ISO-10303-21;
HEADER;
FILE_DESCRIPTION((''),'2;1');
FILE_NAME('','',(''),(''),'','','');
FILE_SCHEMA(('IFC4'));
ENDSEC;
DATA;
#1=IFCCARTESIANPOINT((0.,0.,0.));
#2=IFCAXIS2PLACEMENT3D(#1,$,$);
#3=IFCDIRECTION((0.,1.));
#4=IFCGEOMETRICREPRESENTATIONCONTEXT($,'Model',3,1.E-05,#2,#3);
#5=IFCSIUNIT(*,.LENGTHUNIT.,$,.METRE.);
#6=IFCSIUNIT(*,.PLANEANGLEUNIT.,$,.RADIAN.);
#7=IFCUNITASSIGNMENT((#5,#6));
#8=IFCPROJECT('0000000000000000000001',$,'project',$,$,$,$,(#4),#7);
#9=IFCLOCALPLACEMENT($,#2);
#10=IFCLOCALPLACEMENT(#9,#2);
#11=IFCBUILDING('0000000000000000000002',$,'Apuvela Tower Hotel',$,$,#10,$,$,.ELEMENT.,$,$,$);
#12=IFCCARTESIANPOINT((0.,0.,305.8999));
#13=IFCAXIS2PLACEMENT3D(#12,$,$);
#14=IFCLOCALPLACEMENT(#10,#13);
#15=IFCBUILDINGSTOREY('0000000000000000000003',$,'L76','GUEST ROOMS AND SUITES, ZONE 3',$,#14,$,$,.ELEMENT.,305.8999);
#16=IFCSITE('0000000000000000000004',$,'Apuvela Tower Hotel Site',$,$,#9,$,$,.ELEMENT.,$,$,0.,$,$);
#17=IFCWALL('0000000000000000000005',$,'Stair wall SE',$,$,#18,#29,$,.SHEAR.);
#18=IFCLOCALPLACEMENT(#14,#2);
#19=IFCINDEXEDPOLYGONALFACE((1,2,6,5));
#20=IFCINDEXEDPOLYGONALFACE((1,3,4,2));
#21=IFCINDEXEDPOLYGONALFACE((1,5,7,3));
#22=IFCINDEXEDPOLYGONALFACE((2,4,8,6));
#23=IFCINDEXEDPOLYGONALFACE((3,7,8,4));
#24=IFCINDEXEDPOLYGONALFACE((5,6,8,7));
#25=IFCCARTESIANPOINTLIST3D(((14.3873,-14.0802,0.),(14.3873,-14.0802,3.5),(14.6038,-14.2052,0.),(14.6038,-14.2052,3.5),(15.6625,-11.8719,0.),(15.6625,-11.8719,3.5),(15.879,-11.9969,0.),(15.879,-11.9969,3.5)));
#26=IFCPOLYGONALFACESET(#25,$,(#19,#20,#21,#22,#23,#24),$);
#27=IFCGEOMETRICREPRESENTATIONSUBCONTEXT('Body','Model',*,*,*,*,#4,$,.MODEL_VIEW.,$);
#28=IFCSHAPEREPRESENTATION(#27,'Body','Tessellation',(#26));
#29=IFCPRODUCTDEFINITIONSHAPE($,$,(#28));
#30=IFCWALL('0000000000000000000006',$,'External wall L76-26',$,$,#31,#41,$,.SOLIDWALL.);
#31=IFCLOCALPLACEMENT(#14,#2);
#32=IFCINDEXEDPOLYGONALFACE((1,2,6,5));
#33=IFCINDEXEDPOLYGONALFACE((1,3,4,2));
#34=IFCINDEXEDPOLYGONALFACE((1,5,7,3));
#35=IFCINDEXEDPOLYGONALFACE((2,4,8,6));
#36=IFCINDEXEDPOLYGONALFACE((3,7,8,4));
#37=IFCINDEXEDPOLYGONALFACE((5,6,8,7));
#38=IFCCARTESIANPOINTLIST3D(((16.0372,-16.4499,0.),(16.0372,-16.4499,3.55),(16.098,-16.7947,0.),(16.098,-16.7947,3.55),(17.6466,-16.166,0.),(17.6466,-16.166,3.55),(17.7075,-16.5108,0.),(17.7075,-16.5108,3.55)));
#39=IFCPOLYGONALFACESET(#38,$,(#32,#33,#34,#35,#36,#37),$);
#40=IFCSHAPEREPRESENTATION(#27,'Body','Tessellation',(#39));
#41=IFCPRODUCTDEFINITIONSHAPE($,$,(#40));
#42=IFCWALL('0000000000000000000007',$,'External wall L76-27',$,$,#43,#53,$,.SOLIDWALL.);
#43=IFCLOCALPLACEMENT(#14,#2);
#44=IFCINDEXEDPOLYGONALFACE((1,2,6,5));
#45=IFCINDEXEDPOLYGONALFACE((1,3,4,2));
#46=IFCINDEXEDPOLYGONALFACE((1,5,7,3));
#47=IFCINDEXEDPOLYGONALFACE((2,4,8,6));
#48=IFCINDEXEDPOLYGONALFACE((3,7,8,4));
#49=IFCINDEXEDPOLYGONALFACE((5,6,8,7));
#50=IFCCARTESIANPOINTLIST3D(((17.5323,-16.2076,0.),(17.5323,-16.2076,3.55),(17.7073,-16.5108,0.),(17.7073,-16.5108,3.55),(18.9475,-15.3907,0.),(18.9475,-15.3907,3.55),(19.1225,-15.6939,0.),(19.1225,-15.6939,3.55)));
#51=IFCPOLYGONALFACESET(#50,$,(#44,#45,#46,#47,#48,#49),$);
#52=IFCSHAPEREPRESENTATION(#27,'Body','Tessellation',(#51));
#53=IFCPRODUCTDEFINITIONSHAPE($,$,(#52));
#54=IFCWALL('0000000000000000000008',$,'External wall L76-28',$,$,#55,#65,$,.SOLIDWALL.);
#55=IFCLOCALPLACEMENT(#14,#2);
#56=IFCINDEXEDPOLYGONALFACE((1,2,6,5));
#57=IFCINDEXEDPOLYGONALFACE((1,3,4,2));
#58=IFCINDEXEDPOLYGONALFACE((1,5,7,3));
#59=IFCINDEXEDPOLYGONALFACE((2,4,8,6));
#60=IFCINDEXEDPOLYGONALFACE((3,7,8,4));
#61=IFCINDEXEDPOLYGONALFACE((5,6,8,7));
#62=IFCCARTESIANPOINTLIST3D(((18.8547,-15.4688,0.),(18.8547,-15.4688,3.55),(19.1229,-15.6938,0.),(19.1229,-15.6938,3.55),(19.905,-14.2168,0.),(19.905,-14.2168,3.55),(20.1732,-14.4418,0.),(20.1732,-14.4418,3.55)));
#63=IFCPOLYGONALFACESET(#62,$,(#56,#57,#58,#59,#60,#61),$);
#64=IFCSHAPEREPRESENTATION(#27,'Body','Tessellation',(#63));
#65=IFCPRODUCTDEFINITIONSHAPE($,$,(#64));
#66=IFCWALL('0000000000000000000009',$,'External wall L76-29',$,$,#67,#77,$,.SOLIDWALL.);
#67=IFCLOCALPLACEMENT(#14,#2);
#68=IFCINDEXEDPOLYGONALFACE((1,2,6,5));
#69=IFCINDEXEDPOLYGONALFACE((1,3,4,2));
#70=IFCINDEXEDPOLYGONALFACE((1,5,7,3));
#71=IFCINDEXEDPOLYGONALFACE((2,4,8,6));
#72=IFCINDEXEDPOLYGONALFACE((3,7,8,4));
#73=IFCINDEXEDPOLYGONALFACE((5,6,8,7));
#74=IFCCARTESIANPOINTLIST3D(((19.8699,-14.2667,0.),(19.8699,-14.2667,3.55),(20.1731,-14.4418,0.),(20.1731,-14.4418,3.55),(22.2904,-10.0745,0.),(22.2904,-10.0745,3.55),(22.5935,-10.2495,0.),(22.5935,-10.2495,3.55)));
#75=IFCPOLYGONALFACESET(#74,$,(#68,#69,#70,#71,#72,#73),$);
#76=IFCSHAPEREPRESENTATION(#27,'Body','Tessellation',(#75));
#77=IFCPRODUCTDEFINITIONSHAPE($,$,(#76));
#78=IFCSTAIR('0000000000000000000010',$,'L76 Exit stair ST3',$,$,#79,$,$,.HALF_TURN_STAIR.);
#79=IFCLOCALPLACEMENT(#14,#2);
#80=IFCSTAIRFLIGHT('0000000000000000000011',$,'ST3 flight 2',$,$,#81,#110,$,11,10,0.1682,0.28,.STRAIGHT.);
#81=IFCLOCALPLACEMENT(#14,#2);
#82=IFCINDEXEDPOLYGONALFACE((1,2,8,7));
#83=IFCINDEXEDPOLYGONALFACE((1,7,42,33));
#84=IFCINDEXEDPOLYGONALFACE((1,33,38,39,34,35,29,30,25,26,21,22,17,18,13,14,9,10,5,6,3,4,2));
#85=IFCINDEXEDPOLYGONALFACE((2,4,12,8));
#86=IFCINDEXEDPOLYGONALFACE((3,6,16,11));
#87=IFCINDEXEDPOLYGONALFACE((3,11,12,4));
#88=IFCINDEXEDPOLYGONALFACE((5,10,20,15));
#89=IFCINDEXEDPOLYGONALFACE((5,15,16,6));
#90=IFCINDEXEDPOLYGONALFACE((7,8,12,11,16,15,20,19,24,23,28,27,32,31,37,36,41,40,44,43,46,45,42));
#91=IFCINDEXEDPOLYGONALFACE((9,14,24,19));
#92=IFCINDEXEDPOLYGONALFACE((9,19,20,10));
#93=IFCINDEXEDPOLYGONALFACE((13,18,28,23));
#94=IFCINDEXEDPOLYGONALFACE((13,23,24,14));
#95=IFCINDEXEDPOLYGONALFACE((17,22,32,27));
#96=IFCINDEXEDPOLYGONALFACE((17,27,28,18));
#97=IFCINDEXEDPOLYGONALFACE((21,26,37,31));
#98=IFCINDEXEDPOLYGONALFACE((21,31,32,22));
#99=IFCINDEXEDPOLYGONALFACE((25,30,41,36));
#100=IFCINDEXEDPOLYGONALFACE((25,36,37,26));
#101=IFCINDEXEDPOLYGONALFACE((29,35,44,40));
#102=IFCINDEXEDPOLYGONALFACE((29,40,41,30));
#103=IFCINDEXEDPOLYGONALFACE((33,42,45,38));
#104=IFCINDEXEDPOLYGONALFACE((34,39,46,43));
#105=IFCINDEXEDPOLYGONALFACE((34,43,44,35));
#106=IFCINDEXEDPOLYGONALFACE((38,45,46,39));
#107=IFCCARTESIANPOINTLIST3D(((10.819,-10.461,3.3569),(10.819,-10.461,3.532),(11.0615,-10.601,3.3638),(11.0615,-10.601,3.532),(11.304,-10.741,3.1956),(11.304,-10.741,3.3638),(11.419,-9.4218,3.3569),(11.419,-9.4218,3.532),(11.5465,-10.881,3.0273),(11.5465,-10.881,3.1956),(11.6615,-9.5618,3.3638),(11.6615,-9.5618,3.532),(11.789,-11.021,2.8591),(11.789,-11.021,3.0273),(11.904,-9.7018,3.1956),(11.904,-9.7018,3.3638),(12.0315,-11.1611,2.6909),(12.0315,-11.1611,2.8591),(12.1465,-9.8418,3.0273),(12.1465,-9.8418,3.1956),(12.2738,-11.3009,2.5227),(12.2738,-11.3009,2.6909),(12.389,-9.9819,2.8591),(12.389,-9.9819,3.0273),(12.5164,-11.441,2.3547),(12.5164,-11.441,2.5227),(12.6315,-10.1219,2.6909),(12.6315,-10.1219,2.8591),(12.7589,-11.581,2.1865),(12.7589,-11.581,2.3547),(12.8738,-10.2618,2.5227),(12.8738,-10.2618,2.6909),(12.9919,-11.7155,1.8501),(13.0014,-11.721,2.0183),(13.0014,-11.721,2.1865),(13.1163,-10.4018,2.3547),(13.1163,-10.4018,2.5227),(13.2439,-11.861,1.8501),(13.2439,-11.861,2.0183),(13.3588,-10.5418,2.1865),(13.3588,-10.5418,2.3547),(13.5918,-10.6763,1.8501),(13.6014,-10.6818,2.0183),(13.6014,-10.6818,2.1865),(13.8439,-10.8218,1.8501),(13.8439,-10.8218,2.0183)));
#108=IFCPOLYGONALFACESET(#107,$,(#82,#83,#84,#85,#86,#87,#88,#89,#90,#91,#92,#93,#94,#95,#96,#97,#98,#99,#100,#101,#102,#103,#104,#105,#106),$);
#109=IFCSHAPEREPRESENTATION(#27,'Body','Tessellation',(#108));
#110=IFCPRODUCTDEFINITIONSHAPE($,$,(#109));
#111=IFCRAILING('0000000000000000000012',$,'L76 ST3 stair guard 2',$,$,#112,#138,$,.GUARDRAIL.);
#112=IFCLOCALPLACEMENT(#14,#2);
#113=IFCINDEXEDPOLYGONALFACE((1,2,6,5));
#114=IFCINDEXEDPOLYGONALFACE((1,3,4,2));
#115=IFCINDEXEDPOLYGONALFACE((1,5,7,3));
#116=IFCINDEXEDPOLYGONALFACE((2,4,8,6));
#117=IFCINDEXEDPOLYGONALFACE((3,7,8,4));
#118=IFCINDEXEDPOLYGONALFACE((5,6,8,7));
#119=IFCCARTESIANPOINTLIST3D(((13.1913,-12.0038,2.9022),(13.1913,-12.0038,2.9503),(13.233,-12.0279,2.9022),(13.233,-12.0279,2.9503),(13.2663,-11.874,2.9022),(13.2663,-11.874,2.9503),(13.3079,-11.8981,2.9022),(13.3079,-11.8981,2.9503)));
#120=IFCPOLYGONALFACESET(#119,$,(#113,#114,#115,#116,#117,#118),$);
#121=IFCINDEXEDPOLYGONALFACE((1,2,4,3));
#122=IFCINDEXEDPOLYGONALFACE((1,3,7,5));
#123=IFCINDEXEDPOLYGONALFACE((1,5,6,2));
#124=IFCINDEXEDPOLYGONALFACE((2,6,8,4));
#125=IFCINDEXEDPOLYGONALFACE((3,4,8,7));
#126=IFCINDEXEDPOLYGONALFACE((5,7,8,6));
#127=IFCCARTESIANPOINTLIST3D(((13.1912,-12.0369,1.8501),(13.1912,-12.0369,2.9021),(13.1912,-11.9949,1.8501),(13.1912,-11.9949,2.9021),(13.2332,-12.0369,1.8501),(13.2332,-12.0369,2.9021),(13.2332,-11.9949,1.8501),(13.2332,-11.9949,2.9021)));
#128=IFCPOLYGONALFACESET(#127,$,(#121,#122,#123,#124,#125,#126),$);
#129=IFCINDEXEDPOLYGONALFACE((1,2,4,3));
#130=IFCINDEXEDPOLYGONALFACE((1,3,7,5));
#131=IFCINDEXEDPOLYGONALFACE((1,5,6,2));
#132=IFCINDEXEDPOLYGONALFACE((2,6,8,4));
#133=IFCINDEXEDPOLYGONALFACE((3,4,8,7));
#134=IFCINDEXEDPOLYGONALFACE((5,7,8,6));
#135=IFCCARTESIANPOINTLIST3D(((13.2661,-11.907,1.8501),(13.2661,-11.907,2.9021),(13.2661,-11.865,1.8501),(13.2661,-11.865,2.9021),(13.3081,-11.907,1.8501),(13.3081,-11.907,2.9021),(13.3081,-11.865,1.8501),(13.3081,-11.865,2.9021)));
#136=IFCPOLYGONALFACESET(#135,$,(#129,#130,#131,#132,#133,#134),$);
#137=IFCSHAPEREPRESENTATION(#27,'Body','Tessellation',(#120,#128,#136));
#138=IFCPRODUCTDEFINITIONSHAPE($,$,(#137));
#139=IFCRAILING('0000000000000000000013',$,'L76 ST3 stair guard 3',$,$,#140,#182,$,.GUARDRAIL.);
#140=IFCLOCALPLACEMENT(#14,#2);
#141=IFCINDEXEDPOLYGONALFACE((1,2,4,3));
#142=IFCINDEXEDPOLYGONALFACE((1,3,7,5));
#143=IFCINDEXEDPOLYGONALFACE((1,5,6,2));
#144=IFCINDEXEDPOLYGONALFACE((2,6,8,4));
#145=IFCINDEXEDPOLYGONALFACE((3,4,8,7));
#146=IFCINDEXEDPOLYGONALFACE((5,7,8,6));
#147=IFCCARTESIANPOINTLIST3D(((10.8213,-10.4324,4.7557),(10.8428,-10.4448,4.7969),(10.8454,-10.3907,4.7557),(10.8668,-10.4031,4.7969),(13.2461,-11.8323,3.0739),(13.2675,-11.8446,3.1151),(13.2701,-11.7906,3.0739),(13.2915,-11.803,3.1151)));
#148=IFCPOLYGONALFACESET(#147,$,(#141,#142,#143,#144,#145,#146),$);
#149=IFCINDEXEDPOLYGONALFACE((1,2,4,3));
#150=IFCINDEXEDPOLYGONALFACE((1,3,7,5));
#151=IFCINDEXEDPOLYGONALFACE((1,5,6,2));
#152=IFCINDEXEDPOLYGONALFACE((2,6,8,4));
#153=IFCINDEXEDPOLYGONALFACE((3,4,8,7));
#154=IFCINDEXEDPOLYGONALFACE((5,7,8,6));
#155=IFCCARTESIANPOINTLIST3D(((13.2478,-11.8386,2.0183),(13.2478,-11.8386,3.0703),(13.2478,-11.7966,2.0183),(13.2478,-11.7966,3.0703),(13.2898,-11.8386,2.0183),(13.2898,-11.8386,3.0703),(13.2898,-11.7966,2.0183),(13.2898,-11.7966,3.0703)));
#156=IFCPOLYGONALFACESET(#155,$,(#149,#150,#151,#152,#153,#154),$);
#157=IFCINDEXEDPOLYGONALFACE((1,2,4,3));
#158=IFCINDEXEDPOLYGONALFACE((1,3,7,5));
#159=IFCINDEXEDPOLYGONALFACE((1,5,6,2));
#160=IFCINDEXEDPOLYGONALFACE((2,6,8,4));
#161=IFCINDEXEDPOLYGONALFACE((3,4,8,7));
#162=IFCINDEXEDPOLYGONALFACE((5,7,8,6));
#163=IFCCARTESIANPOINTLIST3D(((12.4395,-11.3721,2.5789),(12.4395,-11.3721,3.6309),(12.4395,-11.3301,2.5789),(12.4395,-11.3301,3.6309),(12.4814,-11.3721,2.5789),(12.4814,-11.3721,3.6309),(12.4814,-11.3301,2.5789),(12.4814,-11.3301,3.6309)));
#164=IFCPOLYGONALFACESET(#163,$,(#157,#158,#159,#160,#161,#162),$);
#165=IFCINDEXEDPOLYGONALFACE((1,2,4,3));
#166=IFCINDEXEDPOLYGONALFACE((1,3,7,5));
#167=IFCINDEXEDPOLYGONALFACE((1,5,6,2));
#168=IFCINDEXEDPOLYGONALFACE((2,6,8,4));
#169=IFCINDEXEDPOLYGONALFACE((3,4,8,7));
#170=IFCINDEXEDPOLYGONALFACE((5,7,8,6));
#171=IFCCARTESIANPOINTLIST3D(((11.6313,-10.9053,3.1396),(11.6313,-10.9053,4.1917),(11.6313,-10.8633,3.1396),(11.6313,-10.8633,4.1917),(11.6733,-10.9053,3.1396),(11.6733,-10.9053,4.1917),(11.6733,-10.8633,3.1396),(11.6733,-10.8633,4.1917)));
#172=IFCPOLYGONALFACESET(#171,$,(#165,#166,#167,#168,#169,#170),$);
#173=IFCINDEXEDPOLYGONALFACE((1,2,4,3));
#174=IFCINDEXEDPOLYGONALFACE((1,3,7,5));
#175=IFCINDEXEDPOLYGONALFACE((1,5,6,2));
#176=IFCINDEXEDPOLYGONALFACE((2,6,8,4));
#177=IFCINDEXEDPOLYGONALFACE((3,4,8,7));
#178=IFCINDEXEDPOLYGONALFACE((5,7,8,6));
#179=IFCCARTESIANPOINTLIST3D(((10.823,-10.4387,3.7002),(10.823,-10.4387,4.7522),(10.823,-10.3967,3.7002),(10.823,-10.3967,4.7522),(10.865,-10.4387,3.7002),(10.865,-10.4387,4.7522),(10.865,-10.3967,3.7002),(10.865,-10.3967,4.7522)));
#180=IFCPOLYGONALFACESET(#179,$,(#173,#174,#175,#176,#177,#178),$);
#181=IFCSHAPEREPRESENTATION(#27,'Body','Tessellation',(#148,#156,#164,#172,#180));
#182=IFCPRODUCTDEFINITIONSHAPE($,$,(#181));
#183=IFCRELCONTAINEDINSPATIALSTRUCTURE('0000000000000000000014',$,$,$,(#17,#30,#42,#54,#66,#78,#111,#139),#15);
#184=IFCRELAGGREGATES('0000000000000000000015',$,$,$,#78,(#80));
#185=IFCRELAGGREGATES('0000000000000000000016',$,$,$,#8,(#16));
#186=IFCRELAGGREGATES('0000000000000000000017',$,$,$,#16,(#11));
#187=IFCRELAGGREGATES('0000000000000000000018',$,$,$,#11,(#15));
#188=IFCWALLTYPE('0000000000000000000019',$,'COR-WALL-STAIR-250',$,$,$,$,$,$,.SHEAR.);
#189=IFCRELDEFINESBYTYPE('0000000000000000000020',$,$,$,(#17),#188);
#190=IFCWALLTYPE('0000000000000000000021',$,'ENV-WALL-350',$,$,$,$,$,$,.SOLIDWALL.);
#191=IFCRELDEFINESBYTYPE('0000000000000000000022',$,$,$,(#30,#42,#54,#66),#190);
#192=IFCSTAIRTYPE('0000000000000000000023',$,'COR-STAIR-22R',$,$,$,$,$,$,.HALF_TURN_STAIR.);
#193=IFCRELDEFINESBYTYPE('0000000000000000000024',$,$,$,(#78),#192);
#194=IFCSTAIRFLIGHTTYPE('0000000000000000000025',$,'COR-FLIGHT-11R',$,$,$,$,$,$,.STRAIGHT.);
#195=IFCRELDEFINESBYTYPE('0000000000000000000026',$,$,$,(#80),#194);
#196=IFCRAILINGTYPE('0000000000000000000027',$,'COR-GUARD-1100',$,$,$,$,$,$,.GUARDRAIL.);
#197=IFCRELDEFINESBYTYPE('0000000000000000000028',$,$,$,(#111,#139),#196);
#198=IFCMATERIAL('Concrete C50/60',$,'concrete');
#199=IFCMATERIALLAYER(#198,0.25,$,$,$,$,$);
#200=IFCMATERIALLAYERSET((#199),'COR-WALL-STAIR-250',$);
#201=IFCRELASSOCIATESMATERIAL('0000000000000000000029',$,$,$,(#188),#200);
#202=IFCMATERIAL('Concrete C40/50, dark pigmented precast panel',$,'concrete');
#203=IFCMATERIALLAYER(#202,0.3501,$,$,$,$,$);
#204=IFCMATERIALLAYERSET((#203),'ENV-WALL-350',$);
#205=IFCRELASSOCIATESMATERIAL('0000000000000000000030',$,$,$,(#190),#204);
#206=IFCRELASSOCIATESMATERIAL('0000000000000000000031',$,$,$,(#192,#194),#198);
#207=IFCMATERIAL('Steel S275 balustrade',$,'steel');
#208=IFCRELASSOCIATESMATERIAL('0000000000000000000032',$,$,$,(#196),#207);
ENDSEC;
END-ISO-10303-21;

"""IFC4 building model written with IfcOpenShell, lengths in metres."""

from ifc_helpers import new_model, si_unit, direction, frame, frame_2d, origin, origin_2d, place, context, subcontext, project, spatial, polyline, rectangle, outline, extrude, material, layer, layer_set, type_object, element, aggregate, save


model = new_model("IFC4")

# Units and contexts
model_context = context("Model", 3, precision=1e-05, world=origin(), true_north=direction((0.0, 1.0)))
body_context = subcontext(model_context, "Body", "Model", "MODEL_VIEW")
ifc_project = project(units=[si_unit("LENGTHUNIT", "METRE"), si_unit("PLANEANGLEUNIT", "RADIAN")], contexts=[model_context])

# Site, building, storey
site_placement = place(None, origin())
site = spatial("IfcSite", under=ifc_project, at=site_placement, Name="Apuvela Tower Hotel Site", CompositionType="ELEMENT", RefElevation=0.0)
building_placement = place(site_placement, origin())
building = spatial("IfcBuilding", under=site, at=building_placement, Name="Apuvela Tower Hotel", CompositionType="ELEMENT")
storey_placement = place(building_placement, frame((0.0, 0.0, 305.8999)))
storey = spatial("IfcBuildingStorey", under=building, at=storey_placement, Name="L76", Description="GUEST ROOMS AND SUITES, ZONE 3", CompositionType="ELEMENT", Elevation=305.8999)

# Walls
ifc_material_1 = material(Name="Concrete C50/60", Category="concrete")
ifc_layer_1 = layer(ifc_material_1, 0.25)
ifc_layer_set_1 = layer_set([ifc_layer_1], Name="COR-WALL-STAIR-250")
wall_type_1 = type_object("IfcWallType", Name="COR-WALL-STAIR-250", PredefinedType="SHEAR", material=ifc_layer_set_1)
wall_1_placement = place(storey_placement, frame((14.4956, -14.1426, 0.0), z_axis=(0.0, 0.0, 1.0), x_axis=(0.500062, 0.865989, 0.0)))
element("IfcWall", 1, at=wall_1_placement, inside=storey, type_object=wall_type_1, Name="Stair wall SE", PredefinedType="SHEAR", context=body_context, shape_type="SweptSolid", body=[
    extrude(rectangle(XDim=2.55, YDim=0.25, at=frame_2d((1.2749, 0.0))), origin(), (0.0, 0.0, 1.0), 3.5),
])
ifc_material_2 = material(Name="Concrete C40/50, dark pigmented precast panel", Category="concrete")
ifc_layer_2 = layer(ifc_material_2, 0.3501)
ifc_layer_set_2 = layer_set([ifc_layer_2], Name="ENV-WALL-350")
wall_type_2 = type_object("IfcWallType", Name="ENV-WALL-350", PredefinedType="SOLIDWALL", material=ifc_layer_set_2)
wall_2_placement = place(storey_placement, frame((16.0676, -16.6223, 0.0), z_axis=(0.0, 0.0, 1.0), x_axis=(0.984791, 0.173743, 0.0)))
element("IfcWall", 2, at=wall_2_placement, inside=storey, type_object=wall_type_2, Name="External wall L76-26", PredefinedType="SOLIDWALL", context=body_context, shape_type="SweptSolid", body=[
    extrude(rectangle(XDim=1.6343, YDim=0.3501, at=frame_2d((0.8171, 0.0))), origin(), (0.0, 0.0, 1.0), 3.55),
])
wall_3_placement = place(storey_placement, frame((17.6199, -16.3591, 0.0), z_axis=(0.0, 0.0, 1.0), x_axis=(0.866084, 0.499899, 0.0)))
element("IfcWall", 3, at=wall_3_placement, inside=storey, type_object=wall_type_2, Name="External wall L76-27", PredefinedType="SOLIDWALL", context=body_context, shape_type="SweptSolid", body=[
    extrude(rectangle(XDim=1.634, YDim=0.3501, at=frame_2d((0.8169, 0.0))), origin(), (0.0, 0.0, 1.0), 3.55),
])
wall_4_placement = place(storey_placement, frame((18.9888, -15.5813, 0.0), z_axis=(0.0, 0.0, 1.0), x_axis=(0.642708, 0.766111, 0.0)))
element("IfcWall", 4, at=wall_4_placement, inside=storey, type_object=wall_type_2, Name="External wall L76-28", PredefinedType="SOLIDWALL", context=body_context, shape_type="SweptSolid", body=[
    extrude(rectangle(XDim=1.6343, YDim=0.3501, at=frame_2d((0.8171, 0.0))), origin(), (0.0, 0.0, 1.0), 3.55),
])
wall_5_placement = place(storey_placement, frame((20.0215, -14.3542, 0.0), z_axis=(0.0, 0.0, 1.0), x_axis=(0.500012, 0.866018, 0.0)))
element("IfcWall", 5, at=wall_5_placement, inside=storey, type_object=wall_type_2, Name="External wall L76-29", PredefinedType="SOLIDWALL", context=body_context, shape_type="SweptSolid", body=[
    extrude(rectangle(XDim=4.8408, YDim=0.3501, at=frame_2d((2.4204, 0.0))), origin(), (0.0, 0.0, 1.0), 3.55),
])

# Stair, stair flight
stair_type = type_object("IfcStairType", Name="COR-STAIR-22R", PredefinedType="HALF_TURN_STAIR", material=ifc_material_1)
stair_placement = place(storey_placement, origin())
stair = element("IfcStair", 6, at=stair_placement, inside=storey, type_object=stair_type, Name="L76 Exit stair ST3", PredefinedType="HALF_TURN_STAIR")
stair_flight_type = type_object("IfcStairFlightType", Name="COR-FLIGHT-11R", PredefinedType="STRAIGHT", material=ifc_material_1)
stair_flight_placement = place(storey_placement, frame((13.5439, -11.3413, 1.8501), z_axis=(0.0, 0.0, 1.0), x_axis=(-0.866025, 0.5, 0.0)))
stair_flight = element("IfcStairFlight", 7, at=stair_flight_placement, type_object=stair_flight_type, Name="ST3 flight 2", NumberOfRisers=11, NumberOfTreads=10, PredefinedType="STRAIGHT", RiserHeight=0.1682, TreadLength=0.28, context=body_context, shape_type="SweptSolid", body=[
    extrude(outline(polyline([(0.0, 0.0), (0.0, 0.1682), (0.28, 0.1682), (0.28, 0.3364), (0.5601, 0.3364), (0.5601, 0.5046), (0.8401, 0.5046), (0.8401, 0.6726), (1.1201, 0.6726), (1.1201, 0.8408), (1.3999, 0.8408), (1.3999, 1.009), (1.6799, 1.009), (1.6799, 1.1772), (1.96, 1.1772), (1.96, 1.3455), (2.24, 1.3455), (2.24, 1.5137), (2.52, 1.5137), (2.52, 1.6819), (2.8, 1.6819), (2.8, 1.8501), (2.8, 1.5068), (0.291, 0.0), (0.0, 0.0)])), frame((0.0, 0.6001, 0.0), z_axis=(0.0, -1.0, 0.0), x_axis=(1.0, 0.0, 0.0)), (0.0, 0.0, 1.0), 1.2),
])
aggregate(stair, [stair_flight])

# Railings
ifc_material_3 = material(Name="Steel S275 balustrade", Category="steel")
railing_type_1 = type_object("IfcRailingType", Name="COR-GUARD-1100", PredefinedType="GUARDRAIL", material=ifc_material_3)
railing_1_placement = place(storey_placement, frame((13.2122, -12.0159, 1.8501)))
element("IfcRailing", 8, at=railing_1_placement, inside=storey, type_object=railing_type_1, Name="L76 ST3 stair guard 2", PredefinedType="GUARDRAIL", context=body_context, shape_type="SweptSolid", body=[
    extrude(rectangle(XDim=0.0481, YDim=0.0481, at=origin_2d()), frame((0.0, 0.0, 1.0762), z_axis=(0.499816, 0.866131, 0.0), x_axis=(-0.866131, 0.499816, 0.0)), (0.0, 0.0, 1.0), 0.1499),
    extrude(rectangle(XDim=0.042, YDim=0.042, at=origin_2d()), origin(), (0.0, 0.0, 1.0), 1.052),
    extrude(rectangle(XDim=0.042, YDim=0.042, at=origin_2d()), frame((0.075, 0.1299, 0.0)), (0.0, 0.0, 1.0), 1.052),
])
railing_2_placement = place(storey_placement, frame((13.2688, -11.8176, 2.0183)))
element("IfcRailing", 9, at=railing_2_placement, inside=storey, type_object=railing_type_1, Name="L76 ST3 stair guard 3", PredefinedType="GUARDRAIL", context=body_context, shape_type="SweptSolid", body=[
    extrude(rectangle(XDim=0.0481, YDim=0.0481, at=origin_2d()), frame((0.0, 0.0, 1.0762), z_axis=(-0.74239, 0.428601, 0.514934), x_axis=(-0.499984, -0.866035, 0.0)), (0.0, 0.0, 1.0), 3.2661),
    extrude(rectangle(XDim=0.042, YDim=0.042, at=origin_2d()), origin(), (0.0, 0.0, 1.0), 1.052),
    extrude(rectangle(XDim=0.042, YDim=0.042, at=origin_2d()), frame((-0.8083, 0.4666, 0.5605)), (0.0, 0.0, 1.0), 1.052),
    extrude(rectangle(XDim=0.042, YDim=0.042, at=origin_2d()), frame((-1.6165, 0.9333, 1.1213)), (0.0, 0.0, 1.0), 1.052),
    extrude(rectangle(XDim=0.042, YDim=0.042, at=origin_2d()), frame((-2.4248, 1.3999, 1.6819)), (0.0, 0.0, 1.0), 1.052),
])

save(model, "model.ifc")
